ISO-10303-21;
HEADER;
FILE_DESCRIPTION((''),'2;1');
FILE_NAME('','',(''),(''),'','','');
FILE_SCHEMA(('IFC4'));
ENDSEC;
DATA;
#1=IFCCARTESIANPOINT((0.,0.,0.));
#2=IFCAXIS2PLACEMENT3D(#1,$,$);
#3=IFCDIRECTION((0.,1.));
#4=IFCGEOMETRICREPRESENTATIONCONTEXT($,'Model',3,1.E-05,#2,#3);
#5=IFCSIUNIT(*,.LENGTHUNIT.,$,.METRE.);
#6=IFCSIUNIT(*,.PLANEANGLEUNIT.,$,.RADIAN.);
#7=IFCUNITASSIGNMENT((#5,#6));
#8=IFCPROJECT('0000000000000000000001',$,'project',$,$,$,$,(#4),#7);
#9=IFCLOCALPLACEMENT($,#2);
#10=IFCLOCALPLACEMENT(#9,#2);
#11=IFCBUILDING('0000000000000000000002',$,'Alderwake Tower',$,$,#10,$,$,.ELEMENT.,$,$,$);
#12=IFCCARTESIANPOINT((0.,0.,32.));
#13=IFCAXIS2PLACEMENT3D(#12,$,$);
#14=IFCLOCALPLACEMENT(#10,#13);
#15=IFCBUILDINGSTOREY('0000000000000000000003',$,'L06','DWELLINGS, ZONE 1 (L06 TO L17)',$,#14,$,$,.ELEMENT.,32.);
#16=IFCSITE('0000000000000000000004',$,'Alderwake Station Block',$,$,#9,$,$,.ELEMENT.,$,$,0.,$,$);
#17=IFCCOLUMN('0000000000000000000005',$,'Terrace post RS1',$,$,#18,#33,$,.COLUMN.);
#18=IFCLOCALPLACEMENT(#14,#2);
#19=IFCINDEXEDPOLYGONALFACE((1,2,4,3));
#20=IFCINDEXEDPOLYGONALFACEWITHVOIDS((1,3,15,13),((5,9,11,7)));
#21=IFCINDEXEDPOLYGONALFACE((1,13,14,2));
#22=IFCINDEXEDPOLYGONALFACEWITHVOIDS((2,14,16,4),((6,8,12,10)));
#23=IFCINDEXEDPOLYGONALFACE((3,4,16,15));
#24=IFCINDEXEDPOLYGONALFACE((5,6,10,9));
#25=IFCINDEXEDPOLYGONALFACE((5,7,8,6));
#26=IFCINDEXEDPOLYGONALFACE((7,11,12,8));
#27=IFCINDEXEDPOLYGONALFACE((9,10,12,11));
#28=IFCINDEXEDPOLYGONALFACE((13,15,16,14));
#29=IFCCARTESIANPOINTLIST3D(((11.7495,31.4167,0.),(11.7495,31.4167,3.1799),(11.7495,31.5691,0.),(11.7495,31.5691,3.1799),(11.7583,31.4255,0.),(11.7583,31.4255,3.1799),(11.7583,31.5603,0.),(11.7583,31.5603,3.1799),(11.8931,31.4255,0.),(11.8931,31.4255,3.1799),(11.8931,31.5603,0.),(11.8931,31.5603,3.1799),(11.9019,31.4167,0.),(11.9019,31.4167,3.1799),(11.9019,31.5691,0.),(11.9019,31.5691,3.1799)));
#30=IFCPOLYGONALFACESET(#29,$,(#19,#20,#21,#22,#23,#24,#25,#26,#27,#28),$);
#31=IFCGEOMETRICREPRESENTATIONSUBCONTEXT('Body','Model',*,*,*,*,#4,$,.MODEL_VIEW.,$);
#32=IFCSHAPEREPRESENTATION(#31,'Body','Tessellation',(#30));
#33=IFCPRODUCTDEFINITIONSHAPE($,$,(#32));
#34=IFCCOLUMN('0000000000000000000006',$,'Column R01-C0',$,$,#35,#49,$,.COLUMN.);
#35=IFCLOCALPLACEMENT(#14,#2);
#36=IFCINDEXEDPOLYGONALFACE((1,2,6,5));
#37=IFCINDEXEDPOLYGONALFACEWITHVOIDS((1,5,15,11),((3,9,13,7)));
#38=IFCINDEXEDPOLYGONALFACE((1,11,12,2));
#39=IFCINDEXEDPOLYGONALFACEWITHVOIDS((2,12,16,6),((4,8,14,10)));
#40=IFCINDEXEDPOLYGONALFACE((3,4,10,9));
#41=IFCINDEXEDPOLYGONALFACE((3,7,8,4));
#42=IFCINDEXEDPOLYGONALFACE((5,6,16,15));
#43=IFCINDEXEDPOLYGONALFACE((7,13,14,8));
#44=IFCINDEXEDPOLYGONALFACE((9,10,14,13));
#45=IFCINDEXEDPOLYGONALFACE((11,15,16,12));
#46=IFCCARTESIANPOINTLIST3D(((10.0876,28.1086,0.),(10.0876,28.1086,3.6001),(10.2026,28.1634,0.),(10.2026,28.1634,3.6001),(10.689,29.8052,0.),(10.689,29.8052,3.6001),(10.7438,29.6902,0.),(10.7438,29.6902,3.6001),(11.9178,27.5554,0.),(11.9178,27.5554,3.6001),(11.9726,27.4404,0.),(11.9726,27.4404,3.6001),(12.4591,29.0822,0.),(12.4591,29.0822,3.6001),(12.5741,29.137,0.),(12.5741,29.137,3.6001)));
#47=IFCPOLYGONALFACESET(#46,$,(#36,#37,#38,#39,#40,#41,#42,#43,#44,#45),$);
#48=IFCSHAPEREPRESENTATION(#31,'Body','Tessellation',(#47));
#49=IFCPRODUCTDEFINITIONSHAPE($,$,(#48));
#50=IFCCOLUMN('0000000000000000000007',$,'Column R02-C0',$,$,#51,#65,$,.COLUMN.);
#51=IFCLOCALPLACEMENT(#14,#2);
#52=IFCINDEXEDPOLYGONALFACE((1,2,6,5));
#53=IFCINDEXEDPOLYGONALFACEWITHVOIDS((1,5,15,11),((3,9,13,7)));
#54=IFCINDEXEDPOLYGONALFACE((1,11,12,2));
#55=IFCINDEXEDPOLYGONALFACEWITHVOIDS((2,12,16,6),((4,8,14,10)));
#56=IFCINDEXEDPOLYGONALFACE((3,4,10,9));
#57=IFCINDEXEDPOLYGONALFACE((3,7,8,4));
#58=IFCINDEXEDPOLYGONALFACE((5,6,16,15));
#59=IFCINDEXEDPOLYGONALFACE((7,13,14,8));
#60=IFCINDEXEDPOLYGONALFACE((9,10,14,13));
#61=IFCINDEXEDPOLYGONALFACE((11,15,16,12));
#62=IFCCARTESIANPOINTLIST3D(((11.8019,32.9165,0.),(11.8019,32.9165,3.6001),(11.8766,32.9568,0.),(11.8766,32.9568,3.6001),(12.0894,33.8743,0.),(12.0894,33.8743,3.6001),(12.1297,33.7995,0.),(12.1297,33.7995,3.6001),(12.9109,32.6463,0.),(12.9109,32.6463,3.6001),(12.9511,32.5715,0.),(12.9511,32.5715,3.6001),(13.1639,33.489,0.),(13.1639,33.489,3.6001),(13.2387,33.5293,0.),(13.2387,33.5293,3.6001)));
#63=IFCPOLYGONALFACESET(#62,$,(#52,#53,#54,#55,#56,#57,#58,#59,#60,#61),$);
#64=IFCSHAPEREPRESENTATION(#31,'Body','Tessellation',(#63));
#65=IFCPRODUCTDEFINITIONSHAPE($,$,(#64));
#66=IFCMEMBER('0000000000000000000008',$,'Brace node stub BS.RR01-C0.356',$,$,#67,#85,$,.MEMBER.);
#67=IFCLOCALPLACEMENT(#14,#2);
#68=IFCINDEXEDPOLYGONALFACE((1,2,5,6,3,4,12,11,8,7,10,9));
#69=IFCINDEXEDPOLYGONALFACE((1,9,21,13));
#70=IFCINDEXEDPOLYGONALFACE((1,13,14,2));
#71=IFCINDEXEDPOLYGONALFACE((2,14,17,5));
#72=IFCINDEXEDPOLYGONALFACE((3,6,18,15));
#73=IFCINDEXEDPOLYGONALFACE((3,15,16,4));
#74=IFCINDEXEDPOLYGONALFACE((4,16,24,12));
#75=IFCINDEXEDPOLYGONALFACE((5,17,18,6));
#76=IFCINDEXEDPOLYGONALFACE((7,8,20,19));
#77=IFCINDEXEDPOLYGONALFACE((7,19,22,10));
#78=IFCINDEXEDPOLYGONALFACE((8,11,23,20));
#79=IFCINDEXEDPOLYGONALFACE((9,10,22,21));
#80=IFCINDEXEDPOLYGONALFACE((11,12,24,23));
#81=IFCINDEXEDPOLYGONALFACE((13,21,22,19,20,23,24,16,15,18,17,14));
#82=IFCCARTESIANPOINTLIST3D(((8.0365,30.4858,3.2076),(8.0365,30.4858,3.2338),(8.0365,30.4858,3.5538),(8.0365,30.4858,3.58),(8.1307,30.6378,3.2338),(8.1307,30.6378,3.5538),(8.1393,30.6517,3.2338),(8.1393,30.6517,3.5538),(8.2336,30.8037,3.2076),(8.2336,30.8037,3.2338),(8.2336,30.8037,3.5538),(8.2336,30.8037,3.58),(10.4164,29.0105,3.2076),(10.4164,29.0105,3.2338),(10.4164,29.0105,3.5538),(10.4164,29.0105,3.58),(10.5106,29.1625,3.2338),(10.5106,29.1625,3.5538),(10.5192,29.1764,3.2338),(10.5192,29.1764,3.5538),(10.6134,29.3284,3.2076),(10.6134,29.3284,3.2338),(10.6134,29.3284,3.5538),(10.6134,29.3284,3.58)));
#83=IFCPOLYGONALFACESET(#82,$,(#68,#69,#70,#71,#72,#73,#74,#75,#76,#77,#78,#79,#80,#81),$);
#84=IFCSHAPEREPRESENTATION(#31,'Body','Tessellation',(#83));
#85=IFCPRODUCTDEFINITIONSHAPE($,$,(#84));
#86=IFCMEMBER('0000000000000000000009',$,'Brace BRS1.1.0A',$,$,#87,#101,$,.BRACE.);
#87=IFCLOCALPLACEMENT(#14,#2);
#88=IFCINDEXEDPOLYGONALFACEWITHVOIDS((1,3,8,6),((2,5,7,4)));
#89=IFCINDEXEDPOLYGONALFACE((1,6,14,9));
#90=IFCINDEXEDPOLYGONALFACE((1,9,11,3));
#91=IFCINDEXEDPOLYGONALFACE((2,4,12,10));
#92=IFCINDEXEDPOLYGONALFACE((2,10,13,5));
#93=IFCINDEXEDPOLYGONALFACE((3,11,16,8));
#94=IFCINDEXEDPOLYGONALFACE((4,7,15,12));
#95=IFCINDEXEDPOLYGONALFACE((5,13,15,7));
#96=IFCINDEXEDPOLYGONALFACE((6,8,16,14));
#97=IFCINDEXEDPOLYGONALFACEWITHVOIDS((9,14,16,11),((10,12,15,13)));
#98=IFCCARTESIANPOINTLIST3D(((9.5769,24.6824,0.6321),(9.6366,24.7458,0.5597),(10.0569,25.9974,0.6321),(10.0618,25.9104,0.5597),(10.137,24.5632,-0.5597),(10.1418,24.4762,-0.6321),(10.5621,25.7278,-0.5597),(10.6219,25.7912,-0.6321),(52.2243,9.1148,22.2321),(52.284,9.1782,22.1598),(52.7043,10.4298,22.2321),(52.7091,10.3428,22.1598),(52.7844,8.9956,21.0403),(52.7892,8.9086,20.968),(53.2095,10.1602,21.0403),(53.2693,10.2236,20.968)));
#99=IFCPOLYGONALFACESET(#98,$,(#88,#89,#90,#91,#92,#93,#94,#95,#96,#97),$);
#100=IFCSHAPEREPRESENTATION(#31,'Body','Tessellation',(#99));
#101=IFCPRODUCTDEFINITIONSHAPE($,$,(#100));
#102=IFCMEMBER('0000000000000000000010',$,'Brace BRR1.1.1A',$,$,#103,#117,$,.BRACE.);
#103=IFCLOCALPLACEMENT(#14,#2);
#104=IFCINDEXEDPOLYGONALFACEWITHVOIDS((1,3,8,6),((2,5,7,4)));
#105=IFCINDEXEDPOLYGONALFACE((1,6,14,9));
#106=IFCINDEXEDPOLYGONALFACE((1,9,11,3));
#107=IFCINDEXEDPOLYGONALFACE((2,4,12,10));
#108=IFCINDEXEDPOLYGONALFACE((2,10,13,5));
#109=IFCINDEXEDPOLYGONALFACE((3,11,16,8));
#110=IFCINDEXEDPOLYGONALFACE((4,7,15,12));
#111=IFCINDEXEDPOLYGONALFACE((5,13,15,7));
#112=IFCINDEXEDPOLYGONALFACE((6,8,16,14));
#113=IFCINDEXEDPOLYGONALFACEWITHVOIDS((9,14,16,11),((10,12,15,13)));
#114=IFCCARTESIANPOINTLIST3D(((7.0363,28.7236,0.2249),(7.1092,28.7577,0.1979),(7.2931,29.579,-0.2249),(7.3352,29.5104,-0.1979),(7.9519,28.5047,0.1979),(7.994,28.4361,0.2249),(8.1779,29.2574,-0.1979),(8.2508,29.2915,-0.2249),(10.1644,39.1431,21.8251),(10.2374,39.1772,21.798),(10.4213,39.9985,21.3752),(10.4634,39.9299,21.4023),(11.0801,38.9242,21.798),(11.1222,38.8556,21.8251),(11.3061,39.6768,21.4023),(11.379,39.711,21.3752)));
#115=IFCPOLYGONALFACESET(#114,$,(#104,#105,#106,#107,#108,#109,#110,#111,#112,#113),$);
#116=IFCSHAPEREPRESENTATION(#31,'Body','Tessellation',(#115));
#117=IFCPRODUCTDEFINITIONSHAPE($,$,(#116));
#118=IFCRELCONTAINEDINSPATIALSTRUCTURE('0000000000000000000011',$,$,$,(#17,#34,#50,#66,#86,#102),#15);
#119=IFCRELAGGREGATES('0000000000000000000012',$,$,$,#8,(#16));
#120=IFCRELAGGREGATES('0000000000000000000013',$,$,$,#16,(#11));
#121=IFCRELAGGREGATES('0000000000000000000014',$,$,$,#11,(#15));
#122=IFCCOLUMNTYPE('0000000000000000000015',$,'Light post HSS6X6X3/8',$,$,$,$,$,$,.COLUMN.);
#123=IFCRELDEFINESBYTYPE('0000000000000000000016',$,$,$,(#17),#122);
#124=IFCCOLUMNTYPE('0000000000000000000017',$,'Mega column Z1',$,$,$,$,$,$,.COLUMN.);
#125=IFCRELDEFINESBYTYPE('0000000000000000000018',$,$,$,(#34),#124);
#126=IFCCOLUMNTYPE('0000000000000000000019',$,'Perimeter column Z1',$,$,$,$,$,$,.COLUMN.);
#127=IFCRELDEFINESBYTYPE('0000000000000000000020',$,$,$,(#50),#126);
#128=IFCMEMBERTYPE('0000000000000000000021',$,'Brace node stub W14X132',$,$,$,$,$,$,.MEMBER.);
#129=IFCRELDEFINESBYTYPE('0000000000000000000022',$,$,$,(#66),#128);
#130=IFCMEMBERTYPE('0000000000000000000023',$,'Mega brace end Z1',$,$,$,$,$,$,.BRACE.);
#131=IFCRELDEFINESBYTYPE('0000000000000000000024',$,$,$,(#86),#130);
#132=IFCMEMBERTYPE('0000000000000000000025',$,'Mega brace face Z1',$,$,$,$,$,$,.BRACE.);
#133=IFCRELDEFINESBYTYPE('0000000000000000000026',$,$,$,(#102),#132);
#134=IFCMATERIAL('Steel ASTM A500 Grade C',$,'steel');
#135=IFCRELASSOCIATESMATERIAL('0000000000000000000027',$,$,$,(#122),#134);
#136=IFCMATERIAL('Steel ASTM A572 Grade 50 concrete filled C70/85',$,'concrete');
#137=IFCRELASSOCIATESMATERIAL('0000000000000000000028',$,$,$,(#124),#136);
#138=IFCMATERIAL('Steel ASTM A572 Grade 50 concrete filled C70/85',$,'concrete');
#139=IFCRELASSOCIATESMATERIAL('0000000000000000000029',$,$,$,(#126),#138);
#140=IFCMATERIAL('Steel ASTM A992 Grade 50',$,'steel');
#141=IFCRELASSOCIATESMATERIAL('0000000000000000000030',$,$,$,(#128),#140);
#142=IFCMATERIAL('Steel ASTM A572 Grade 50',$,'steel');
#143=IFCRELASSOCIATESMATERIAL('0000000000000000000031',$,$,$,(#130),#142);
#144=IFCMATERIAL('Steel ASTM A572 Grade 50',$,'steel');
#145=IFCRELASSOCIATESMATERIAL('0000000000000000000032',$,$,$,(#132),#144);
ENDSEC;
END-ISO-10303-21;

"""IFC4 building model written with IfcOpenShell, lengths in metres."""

from ifc_helpers import new_model, si_unit, direction, frame, origin, origin_2d, place, context, subcontext, project, spatial, hollow_rectangle, i_section, extrude, material, material_profile, profile_set, type_object, element, save


model = new_model("IFC4")

# Units and contexts
model_context = context("Model", 3, precision=1e-05, world=origin(), true_north=direction((0.0, 1.0)))
body_context = subcontext(model_context, "Body", "Model", "MODEL_VIEW")
ifc_project = project(units=[si_unit("LENGTHUNIT", "METRE"), si_unit("PLANEANGLEUNIT", "RADIAN")], contexts=[model_context])

# Site, building, storey
site_placement = place(None, origin())
site = spatial("IfcSite", under=ifc_project, at=site_placement, Name="Alderwake Station Block", CompositionType="ELEMENT", RefElevation=0.0)
building_placement = place(site_placement, origin())
building = spatial("IfcBuilding", under=site, at=building_placement, Name="Alderwake Tower", CompositionType="ELEMENT")
storey_placement = place(building_placement, frame((0.0, 0.0, 32.0)))
storey = spatial("IfcBuildingStorey", under=building, at=storey_placement, Name="L06", Description="DWELLINGS, ZONE 1 (L06 TO L17)", CompositionType="ELEMENT", Elevation=32.0)

# Columns
ifc_material_1 = material(Name="Steel ASTM A500 Grade C", Category="steel")
ifc_material_profile_1 = material_profile(ifc_material_1, hollow_rectangle(XDim=0.1523, YDim=0.1523, WallThickness=0.0088, at=origin_2d()), Name="HSS6X6X3/8")
ifc_profile_set_1 = profile_set([ifc_material_profile_1], Name="Steel ASTM A500 Grade C")
column_type_1 = type_object("IfcColumnType", Name="Light post HSS6X6X3/8", PredefinedType="COLUMN", material=ifc_profile_set_1)
column_1_placement = place(storey_placement, frame((11.8257, 31.4929, 0.0), z_axis=(0.0, 0.0, 1.0), x_axis=(1.0, 0.0, 0.0)))
element("IfcColumn", 1, at=column_1_placement, inside=storey, type_object=column_type_1, Name="Terrace post RS1", PredefinedType="COLUMN", context=body_context, shape_type="SweptSolid", body=[
    extrude(hollow_rectangle(XDim=0.1523, YDim=0.1523, WallThickness=0.0088, at=origin_2d()), origin(), (0.0, 0.0, 1.0), 3.1799),
])
ifc_material_2 = material(Name="Steel ASTM A572 Grade 50 concrete filled C70/85", Category="concrete")
ifc_material_profile_2 = material_profile(ifc_material_2, hollow_rectangle(XDim=1.8, YDim=2.0, WallThickness=0.0901, at=origin_2d()), Name="BOX 2000X1800X90")
ifc_profile_set_2 = profile_set([ifc_material_profile_2], Name="Steel ASTM A572 Grade 50 concrete filled C70/85")
column_type_2 = type_object("IfcColumnType", Name="Mega column Z1", PredefinedType="COLUMN", material=ifc_profile_set_2)
column_2_placement = place(storey_placement, frame((11.3308, 28.6228, 0.0), z_axis=(0.0, 0.0, 1.0), x_axis=(0.334131, 0.942527, 0.0)))
element("IfcColumn", 2, at=column_2_placement, inside=storey, type_object=column_type_2, Name="Column R01-C0", PredefinedType="COLUMN", context=body_context, shape_type="SweptSolid", body=[
    extrude(hollow_rectangle(XDim=1.8, YDim=2.0, WallThickness=0.0901, at=origin_2d()), origin(), (0.0, 0.0, 1.0), 3.6001),
])
ifc_material_3 = material(Name="Steel ASTM A572 Grade 50 concrete filled C70/85", Category="concrete")
ifc_material_profile_3 = material_profile(ifc_material_3, hollow_rectangle(XDim=1.0, YDim=1.2, WallThickness=0.0601, at=origin_2d()), Name="BOX 1200X1000X60")
ifc_profile_set_3 = profile_set([ifc_material_profile_3], Name="Steel ASTM A572 Grade 50 concrete filled C70/85")
column_type_3 = type_object("IfcColumnType", Name="Perimeter column Z1", PredefinedType="COLUMN", material=ifc_profile_set_3)
column_3_placement = place(storey_placement, frame((12.5203, 33.2229, 0.0), z_axis=(0.0, 0.0, 1.0), x_axis=(0.287549, 0.957766, 0.0)))
element("IfcColumn", 3, at=column_3_placement, inside=storey, type_object=column_type_3, Name="Column R02-C0", PredefinedType="COLUMN", context=body_context, shape_type="SweptSolid", body=[
    extrude(hollow_rectangle(XDim=1.0, YDim=1.2, WallThickness=0.0601, at=origin_2d()), origin(), (0.0, 0.0, 1.0), 3.6001),
])

# Members
ifc_material_4 = material(Name="Steel ASTM A992 Grade 50", Category="steel")
ifc_material_profile_4 = material_profile(ifc_material_4, i_section(OverallWidth=0.374, OverallDepth=0.3723, WebThickness=0.0164, FlangeThickness=0.0261, at=origin_2d()), Name="W14X132")
ifc_profile_set_4 = profile_set([ifc_material_profile_4], Name="Steel ASTM A992 Grade 50")
member_type_1 = type_object("IfcMemberType", Name="Brace node stub W14X132", PredefinedType="MEMBER", material=ifc_profile_set_4)
member_1_placement = place(storey_placement, frame((10.5149, 29.1694, 3.3938), z_axis=(-0.849932, 0.526892, 0.0), x_axis=(-0.526892, -0.849932, 0.0)))
element("IfcMember", 4, at=member_1_placement, inside=storey, type_object=member_type_1, Name="Brace node stub BS.RR01-C0.356", PredefinedType="MEMBER", context=body_context, shape_type="SweptSolid", body=[
    extrude(i_section(OverallWidth=0.374, OverallDepth=0.3723, WebThickness=0.0164, FlangeThickness=0.0261, at=origin_2d()), origin(), (0.0, 0.0, 1.0), 2.8),
])
ifc_material_5 = material(Name="Steel ASTM A572 Grade 50", Category="steel")
ifc_material_profile_5 = material_profile(ifc_material_5, hollow_rectangle(XDim=1.3999, YDim=1.3999, WallThickness=0.0801, at=origin_2d()), Name="BOX 1400X1400X80")
ifc_profile_set_5 = profile_set([ifc_material_profile_5], Name="Steel ASTM A572 Grade 50")
member_type_2 = type_object("IfcMemberType", Name="Mega brace end Z1", PredefinedType="BRACE", material=ifc_profile_set_5)
member_2_placement = place(storey_placement, frame((10.0994, 25.2368, 0.0), z_axis=(0.848259, -0.309641, 0.429627), x_axis=(0.3429, 0.939372, 0.0)))
element("IfcMember", 5, at=member_2_placement, inside=storey, type_object=member_type_2, Name="Brace BRS1.1.0A", PredefinedType="BRACE", context=body_context, shape_type="SweptSolid", body=[
    extrude(hollow_rectangle(XDim=1.3999, YDim=1.3999, WallThickness=0.0801, at=origin_2d()), origin(), (0.0, 0.0, 1.0), 50.2764),
])
ifc_material_6 = material(Name="Steel ASTM A572 Grade 50", Category="steel")
ifc_material_profile_6 = material_profile(ifc_material_6, hollow_rectangle(XDim=1.0, YDim=1.0, WallThickness=0.0601, at=origin_2d()), Name="BOX 1000X1000X60")
ifc_profile_set_6 = profile_set([ifc_material_profile_6], Name="Steel ASTM A572 Grade 50")
member_type_3 = type_object("IfcMemberType", Name="Mega brace face Z1", PredefinedType="BRACE", material=ifc_profile_set_6)
member_3_placement = place(storey_placement, frame((7.6436, 29.0076, 0.0), z_axis=(0.129344, 0.430822, 0.89312), x_axis=(-0.957767, 0.287546, 0.0)))
element("IfcMember", 6, at=member_3_placement, inside=storey, type_object=member_type_3, Name="Brace BRR1.1.1A", PredefinedType="BRACE", context=body_context, shape_type="SweptSolid", body=[
    extrude(hollow_rectangle(XDim=1.0, YDim=1.0, WallThickness=0.0601, at=origin_2d()), origin(), (0.0, 0.0, 1.0), 24.1851),
])

save(model, "model.ifc")
